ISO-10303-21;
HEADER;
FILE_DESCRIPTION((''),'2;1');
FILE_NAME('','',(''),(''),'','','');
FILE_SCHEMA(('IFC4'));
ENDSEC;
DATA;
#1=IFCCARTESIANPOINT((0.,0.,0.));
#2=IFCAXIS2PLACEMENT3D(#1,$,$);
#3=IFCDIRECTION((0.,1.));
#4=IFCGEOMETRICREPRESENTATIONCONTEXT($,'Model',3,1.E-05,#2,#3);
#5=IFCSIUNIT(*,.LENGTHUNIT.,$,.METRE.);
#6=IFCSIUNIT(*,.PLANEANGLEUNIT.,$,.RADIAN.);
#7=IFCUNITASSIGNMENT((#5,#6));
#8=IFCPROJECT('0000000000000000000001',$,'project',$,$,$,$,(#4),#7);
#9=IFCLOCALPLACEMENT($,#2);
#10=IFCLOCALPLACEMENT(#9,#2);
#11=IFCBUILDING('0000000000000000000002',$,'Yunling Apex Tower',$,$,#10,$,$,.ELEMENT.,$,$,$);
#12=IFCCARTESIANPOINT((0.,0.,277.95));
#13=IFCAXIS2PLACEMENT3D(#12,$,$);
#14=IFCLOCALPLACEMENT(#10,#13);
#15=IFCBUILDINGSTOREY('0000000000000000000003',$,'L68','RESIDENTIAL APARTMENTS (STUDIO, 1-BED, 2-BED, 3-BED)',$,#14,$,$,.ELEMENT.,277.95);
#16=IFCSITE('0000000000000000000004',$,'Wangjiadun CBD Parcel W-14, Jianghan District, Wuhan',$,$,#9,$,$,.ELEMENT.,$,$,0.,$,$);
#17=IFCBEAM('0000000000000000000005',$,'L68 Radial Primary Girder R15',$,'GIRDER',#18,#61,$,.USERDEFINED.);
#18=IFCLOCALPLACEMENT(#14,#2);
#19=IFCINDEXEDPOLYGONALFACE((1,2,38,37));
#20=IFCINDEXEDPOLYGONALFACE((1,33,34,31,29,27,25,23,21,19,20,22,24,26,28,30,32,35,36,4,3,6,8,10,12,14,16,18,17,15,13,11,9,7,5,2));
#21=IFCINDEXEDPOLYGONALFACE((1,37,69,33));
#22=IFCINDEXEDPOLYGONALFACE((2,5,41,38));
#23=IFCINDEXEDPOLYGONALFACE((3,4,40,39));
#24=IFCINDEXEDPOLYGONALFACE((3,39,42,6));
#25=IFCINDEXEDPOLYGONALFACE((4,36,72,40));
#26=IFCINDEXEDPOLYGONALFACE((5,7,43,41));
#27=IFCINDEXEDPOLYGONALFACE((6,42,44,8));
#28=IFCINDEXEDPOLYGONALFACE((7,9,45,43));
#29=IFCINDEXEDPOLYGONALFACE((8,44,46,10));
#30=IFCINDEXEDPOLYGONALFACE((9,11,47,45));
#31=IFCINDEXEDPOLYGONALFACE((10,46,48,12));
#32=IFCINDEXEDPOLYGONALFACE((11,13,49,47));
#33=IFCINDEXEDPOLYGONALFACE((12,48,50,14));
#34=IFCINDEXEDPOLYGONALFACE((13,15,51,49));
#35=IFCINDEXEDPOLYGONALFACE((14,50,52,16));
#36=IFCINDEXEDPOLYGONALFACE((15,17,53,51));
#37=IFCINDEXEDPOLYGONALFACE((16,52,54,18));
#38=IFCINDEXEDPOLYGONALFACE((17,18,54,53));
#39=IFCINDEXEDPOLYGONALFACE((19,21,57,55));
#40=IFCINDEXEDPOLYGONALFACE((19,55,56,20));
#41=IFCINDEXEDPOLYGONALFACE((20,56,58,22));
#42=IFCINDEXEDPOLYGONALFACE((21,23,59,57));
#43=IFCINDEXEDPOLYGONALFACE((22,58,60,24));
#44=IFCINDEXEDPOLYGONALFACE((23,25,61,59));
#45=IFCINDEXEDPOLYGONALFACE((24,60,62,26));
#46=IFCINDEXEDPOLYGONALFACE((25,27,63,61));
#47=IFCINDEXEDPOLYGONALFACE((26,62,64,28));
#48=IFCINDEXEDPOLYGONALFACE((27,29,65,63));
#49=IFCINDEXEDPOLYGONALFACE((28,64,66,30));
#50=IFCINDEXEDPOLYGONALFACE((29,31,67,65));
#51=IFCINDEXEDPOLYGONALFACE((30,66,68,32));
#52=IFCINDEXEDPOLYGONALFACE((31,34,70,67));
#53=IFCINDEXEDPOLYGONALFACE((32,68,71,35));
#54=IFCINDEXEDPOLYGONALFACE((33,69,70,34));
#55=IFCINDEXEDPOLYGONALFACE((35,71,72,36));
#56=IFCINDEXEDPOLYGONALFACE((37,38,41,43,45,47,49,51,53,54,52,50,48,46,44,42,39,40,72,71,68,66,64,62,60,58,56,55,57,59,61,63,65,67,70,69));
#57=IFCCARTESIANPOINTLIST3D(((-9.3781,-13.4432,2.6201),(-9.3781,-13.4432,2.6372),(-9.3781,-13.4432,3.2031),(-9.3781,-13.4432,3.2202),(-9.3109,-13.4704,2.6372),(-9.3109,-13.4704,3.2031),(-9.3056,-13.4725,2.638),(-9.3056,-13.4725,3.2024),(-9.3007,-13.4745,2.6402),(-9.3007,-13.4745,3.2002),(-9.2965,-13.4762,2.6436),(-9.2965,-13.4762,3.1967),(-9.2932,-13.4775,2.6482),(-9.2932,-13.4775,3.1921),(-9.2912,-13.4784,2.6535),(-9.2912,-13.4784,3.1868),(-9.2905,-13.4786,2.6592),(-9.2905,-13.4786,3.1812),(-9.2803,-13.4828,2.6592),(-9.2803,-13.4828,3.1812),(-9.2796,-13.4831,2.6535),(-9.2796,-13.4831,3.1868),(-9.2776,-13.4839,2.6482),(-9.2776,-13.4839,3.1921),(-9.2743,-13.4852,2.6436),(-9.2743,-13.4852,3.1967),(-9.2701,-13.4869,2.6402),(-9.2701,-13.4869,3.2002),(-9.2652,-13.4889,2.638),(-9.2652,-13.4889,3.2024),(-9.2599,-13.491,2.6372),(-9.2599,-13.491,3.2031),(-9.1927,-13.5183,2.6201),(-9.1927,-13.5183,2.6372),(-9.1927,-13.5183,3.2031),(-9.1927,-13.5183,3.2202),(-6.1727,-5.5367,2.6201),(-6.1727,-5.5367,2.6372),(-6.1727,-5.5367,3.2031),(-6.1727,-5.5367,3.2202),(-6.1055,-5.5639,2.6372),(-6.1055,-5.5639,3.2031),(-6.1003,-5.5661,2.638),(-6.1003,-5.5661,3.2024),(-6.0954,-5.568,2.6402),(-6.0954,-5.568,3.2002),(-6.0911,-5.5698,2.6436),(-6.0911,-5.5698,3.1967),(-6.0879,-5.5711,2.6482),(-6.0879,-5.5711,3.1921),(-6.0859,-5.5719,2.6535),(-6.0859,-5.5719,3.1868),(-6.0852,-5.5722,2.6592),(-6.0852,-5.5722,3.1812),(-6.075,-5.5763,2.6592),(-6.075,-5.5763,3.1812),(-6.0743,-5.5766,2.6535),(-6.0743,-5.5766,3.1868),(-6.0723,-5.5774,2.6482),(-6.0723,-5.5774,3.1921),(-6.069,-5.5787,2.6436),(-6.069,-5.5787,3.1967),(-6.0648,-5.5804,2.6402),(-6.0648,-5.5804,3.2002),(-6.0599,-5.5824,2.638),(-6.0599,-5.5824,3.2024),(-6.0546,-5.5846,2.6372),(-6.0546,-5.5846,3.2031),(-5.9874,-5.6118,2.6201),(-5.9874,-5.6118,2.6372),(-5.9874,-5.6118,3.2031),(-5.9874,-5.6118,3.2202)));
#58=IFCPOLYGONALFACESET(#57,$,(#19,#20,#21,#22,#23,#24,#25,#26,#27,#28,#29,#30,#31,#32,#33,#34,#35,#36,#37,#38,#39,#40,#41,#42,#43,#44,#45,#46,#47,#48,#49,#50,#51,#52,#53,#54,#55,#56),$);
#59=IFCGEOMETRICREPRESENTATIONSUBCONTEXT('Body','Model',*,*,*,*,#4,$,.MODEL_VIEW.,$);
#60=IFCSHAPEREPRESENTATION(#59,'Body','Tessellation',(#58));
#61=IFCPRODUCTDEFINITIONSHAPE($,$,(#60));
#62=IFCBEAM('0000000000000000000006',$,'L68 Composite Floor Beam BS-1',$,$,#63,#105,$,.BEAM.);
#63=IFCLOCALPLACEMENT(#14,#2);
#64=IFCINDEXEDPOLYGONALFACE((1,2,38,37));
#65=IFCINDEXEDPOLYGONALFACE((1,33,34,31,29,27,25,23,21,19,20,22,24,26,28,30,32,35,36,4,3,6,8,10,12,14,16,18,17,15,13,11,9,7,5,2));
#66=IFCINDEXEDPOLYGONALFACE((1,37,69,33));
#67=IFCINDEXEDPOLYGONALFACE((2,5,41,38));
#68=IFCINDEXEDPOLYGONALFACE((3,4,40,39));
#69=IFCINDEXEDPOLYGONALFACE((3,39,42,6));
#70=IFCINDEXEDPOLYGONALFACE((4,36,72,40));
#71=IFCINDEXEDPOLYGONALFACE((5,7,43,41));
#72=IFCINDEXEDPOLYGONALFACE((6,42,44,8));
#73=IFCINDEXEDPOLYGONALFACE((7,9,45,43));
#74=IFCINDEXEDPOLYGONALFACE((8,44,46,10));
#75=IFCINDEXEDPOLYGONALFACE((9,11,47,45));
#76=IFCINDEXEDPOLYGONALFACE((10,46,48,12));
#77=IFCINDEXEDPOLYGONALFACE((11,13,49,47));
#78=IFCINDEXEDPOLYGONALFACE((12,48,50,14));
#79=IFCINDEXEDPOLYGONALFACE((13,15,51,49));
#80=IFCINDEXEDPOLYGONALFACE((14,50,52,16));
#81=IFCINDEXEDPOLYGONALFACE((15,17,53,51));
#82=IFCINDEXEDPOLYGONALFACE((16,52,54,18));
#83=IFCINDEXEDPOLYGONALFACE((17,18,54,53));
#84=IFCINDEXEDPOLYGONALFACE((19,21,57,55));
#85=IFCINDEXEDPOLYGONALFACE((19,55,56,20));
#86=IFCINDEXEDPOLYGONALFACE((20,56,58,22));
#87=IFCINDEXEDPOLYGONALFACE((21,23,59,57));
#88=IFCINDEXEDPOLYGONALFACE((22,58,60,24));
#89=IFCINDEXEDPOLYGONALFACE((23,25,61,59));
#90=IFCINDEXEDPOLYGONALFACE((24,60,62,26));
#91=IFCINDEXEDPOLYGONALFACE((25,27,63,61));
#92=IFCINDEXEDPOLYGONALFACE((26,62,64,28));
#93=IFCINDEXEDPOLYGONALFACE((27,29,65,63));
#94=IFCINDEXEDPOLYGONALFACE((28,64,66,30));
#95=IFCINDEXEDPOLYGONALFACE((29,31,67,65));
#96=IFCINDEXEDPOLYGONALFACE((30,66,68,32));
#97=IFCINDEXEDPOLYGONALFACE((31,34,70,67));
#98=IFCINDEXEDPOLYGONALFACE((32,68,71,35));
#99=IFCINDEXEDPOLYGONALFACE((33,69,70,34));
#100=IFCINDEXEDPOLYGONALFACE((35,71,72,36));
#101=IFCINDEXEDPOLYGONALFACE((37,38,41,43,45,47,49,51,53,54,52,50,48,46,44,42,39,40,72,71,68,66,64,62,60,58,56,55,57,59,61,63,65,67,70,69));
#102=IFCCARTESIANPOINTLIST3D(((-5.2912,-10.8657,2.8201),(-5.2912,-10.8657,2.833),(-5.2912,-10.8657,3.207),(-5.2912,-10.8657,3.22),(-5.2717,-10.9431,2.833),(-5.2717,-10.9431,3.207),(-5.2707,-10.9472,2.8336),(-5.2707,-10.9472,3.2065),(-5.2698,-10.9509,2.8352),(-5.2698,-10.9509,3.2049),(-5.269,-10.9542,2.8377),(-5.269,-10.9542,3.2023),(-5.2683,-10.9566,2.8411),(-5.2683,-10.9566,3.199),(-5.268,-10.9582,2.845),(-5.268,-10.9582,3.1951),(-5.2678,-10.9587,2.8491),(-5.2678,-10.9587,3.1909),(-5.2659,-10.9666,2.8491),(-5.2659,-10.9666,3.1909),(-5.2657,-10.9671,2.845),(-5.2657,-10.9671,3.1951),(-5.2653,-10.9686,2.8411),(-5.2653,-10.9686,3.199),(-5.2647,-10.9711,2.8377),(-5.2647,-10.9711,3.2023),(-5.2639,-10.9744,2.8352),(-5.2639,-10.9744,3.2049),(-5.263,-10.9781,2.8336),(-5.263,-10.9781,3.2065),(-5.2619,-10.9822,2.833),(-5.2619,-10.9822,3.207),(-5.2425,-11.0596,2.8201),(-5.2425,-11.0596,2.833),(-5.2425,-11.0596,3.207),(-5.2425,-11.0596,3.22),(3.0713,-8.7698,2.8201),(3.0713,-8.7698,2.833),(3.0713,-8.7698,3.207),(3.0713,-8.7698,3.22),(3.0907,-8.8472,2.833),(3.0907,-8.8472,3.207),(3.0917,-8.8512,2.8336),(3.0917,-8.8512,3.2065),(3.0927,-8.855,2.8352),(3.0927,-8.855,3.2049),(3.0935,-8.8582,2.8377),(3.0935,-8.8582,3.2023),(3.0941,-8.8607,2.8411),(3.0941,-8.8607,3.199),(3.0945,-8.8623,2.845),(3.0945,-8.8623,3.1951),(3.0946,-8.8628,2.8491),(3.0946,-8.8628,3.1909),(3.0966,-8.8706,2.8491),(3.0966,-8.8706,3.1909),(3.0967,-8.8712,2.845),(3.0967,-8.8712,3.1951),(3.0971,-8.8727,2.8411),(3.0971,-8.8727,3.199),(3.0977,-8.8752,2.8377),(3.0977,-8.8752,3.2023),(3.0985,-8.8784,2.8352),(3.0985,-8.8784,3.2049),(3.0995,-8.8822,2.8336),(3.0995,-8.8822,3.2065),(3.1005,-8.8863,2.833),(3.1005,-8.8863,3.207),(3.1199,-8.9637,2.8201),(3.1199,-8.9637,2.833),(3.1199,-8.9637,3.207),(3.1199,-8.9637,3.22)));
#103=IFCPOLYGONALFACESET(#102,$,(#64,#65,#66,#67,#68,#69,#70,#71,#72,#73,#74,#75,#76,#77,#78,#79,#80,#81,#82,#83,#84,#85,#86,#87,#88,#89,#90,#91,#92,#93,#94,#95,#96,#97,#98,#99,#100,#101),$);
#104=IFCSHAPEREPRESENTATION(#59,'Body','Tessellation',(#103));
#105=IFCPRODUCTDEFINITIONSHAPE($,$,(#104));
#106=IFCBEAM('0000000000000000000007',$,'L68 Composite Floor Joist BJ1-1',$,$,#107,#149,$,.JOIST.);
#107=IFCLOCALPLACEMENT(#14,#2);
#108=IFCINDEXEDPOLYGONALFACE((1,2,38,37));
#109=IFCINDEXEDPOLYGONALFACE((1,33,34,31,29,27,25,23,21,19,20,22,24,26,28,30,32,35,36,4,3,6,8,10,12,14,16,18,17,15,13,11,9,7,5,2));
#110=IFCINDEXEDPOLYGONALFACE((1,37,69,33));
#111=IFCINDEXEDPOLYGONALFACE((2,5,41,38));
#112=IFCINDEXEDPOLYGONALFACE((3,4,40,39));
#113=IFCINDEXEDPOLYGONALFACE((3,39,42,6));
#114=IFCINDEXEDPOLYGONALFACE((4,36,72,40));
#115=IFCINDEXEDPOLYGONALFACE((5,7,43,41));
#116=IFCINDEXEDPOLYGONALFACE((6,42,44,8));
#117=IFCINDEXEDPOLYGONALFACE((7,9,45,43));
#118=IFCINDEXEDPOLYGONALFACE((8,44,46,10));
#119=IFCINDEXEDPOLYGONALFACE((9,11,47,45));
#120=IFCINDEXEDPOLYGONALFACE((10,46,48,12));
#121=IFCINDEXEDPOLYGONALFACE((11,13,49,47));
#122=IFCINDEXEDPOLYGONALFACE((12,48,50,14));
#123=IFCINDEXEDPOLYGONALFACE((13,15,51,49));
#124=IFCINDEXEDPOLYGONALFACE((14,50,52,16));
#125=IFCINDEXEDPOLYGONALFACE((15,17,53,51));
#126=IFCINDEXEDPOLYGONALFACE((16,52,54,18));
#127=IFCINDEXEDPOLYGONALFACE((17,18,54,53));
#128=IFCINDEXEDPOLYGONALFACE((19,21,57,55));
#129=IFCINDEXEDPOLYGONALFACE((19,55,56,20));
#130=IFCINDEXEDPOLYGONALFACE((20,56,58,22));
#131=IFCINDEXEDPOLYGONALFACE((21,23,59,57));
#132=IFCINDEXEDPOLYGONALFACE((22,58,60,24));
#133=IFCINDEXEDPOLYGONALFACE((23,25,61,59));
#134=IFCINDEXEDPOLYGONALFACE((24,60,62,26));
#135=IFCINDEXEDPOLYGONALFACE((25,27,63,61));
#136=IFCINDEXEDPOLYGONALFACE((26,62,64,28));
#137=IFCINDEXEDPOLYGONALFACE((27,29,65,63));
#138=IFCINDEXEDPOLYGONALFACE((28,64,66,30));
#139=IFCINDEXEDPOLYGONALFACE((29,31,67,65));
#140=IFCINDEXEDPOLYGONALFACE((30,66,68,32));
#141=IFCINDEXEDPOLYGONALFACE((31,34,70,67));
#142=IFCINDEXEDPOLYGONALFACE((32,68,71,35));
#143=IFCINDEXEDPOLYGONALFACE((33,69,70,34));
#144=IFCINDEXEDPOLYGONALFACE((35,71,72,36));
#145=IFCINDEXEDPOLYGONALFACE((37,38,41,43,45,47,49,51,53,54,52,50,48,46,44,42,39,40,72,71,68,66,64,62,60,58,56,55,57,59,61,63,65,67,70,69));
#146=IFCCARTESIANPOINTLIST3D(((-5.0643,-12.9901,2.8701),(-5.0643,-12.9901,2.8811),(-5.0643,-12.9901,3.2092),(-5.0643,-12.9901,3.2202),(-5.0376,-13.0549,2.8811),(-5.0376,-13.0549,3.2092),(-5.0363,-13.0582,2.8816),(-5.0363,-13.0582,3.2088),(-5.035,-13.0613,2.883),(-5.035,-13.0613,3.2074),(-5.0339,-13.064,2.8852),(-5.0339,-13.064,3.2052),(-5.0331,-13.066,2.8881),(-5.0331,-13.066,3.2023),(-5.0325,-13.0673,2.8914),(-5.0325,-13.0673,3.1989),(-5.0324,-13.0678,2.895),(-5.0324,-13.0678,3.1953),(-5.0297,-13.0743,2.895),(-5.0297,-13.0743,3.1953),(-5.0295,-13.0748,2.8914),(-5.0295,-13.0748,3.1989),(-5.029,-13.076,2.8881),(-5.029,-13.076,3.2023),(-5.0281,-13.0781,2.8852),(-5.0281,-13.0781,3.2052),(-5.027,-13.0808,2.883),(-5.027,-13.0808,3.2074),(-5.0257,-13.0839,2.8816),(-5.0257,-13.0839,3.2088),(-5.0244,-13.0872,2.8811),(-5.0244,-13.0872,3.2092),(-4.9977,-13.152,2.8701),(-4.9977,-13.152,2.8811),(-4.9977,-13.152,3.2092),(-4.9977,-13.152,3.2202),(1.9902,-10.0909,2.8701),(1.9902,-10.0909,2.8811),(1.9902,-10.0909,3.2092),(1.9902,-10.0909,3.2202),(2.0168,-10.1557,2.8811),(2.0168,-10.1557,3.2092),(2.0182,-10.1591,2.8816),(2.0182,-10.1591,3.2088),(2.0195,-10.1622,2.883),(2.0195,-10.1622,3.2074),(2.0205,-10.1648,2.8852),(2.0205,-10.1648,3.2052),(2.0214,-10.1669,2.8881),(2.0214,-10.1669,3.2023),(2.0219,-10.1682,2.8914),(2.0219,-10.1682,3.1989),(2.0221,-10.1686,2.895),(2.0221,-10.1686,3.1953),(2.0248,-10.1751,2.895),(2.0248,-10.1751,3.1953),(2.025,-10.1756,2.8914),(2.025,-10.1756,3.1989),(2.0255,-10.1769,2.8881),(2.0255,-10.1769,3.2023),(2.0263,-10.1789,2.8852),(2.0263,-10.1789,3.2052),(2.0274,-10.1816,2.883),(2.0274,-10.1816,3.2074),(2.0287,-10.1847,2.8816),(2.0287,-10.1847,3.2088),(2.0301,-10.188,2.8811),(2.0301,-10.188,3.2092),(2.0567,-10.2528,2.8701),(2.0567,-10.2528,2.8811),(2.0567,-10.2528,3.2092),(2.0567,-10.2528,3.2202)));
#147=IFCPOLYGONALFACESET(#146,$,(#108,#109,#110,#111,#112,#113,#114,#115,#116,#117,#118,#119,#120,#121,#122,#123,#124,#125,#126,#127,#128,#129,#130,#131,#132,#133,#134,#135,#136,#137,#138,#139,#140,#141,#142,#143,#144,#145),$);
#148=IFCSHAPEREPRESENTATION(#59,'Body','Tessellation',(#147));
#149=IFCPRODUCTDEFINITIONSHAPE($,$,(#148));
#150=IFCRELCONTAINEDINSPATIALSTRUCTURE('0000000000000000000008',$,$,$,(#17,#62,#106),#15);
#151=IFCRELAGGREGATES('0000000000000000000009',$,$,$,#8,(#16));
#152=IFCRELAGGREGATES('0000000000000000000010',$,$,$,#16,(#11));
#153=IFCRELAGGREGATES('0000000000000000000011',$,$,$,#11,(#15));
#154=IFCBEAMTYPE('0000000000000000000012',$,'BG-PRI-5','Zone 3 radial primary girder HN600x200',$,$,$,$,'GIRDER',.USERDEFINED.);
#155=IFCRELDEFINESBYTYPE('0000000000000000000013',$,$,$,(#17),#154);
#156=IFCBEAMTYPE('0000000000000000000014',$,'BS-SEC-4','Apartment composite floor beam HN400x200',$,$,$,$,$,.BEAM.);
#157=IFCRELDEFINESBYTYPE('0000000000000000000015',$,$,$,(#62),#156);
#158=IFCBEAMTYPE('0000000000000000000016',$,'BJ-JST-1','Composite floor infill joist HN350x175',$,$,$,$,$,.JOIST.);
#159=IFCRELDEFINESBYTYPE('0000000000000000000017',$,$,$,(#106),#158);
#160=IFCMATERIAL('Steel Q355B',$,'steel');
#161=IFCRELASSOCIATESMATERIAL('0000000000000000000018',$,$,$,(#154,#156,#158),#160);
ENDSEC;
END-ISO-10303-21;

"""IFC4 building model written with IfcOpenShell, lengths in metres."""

from ifc_helpers import new_model, si_unit, direction, frame, origin, origin_2d, place, context, subcontext, project, spatial, i_section, extrude, source, transform, mapped, material, material_profile, profile_set, type_object, element, save


model = new_model("IFC4")

# Units and contexts
model_context = context("Model", 3, precision=1e-05, world=origin(), true_north=direction((0.0, 1.0)))
body_context = subcontext(model_context, "Body", "Model", "MODEL_VIEW")
ifc_project = project(units=[si_unit("LENGTHUNIT", "METRE"), si_unit("PLANEANGLEUNIT", "RADIAN")], contexts=[model_context])

# Site, building, storey
site_placement = place(None, origin())
site = spatial("IfcSite", under=ifc_project, at=site_placement, Name="Wangjiadun CBD Parcel W-14, Jianghan District, Wuhan", CompositionType="ELEMENT", RefElevation=0.0)
building_placement = place(site_placement, origin())
building = spatial("IfcBuilding", under=site, at=building_placement, Name="Yunling Apex Tower", CompositionType="ELEMENT")
storey_placement = place(building_placement, frame((0.0, 0.0, 277.95)))
storey = spatial("IfcBuildingStorey", under=building, at=storey_placement, Name="L68", Description="RESIDENTIAL APARTMENTS (STUDIO, 1-BED, 2-BED, 3-BED)", CompositionType="ELEMENT", Elevation=277.95)

# Shared definitions
ifc_material_1 = material(Name="Steel Q355B", Category="steel")

# Beams
ifc_material_profile_1 = material_profile(ifc_material_1, i_section(OverallWidth=0.2, OverallDepth=0.6001, WebThickness=0.011, FlangeThickness=0.0171, FilletRadius=0.022, at=origin_2d()))
ifc_profile_set_1 = profile_set([ifc_material_profile_1], Name="Steel Q355B")
beam_type_1 = type_object("IfcBeamType", Name="BG-PRI-5", Description="Zone 3 radial primary girder HN600x200", ElementType="GIRDER", PredefinedType="USERDEFINED", material=ifc_profile_set_1)
shared_shape_1 = source(origin(), body_context, "Body", "SweptSolid", [
    extrude(i_section(OverallWidth=0.2, OverallDepth=0.6001, WebThickness=0.011, FlangeThickness=0.0171, FilletRadius=0.022, at=origin_2d()), origin(), (0.0, 0.0, 1.0), 8.5315),
])
beam_1_placement = place(storey_placement, frame((-9.2854, -13.4807, 2.9202), z_axis=(0.375704, 0.92674, 0.0), x_axis=(-0.92674, 0.375704, 0.0)))
element("IfcBeam", 1, at=beam_1_placement, inside=storey, type_object=beam_type_1, Name="L68 Radial Primary Girder R15", ObjectType="GIRDER", PredefinedType="USERDEFINED", context=body_context, shape_type="MappedRepresentation", body=[
    mapped(shared_shape_1, transform((0.0, 0.0, 0.0), scale=1.0)),
])
ifc_material_profile_2 = material_profile(ifc_material_1, i_section(OverallWidth=0.2, OverallDepth=0.3999, WebThickness=0.0081, FlangeThickness=0.0129, FilletRadius=0.0161, at=origin_2d()))
ifc_profile_set_2 = profile_set([ifc_material_profile_2], Name="Steel Q355B")
beam_type_2 = type_object("IfcBeamType", Name="BS-SEC-4", Description="Apartment composite floor beam HN400x200", PredefinedType="BEAM", material=ifc_profile_set_2)
shared_shape_2 = source(origin(), body_context, "Body", "SweptSolid", [
    extrude(i_section(OverallWidth=0.2, OverallDepth=0.3999, WebThickness=0.0081, FlangeThickness=0.0129, FilletRadius=0.0161, at=origin_2d()), origin(), (0.0, 0.0, 1.0), 8.6211),
])
beam_2_placement = place(storey_placement, frame((-5.2668, -10.9626, 3.02), z_axis=(0.969997, 0.243115, 0.0), x_axis=(-0.243115, 0.969997, 0.0)))
element("IfcBeam", 2, at=beam_2_placement, inside=storey, type_object=beam_type_2, Name="L68 Composite Floor Beam BS-1", PredefinedType="BEAM", context=body_context, shape_type="MappedRepresentation", body=[
    mapped(shared_shape_2, transform((0.0, 0.0, 0.0), scale=1.0)),
])
ifc_material_profile_3 = material_profile(ifc_material_1, i_section(OverallWidth=0.175, OverallDepth=0.3501, WebThickness=0.0071, FlangeThickness=0.011, FilletRadius=0.0139, at=origin_2d()))
ifc_profile_set_3 = profile_set([ifc_material_profile_3], Name="Steel Q355B")
beam_type_3 = type_object("IfcBeamType", Name="BJ-JST-1", Description="Composite floor infill joist HN350x175", PredefinedType="JOIST", material=ifc_profile_set_3)
shared_shape_3 = source(origin(), body_context, "Body", "SweptSolid", [
    extrude(i_section(OverallWidth=0.175, OverallDepth=0.3501, WebThickness=0.0071, FlangeThickness=0.011, FilletRadius=0.0139, at=origin_2d()), origin(), (0.0, 0.0, 1.0), 7.627),
])
beam_3_placement = place(storey_placement, frame((-5.031, -13.071, 3.0452), z_axis=(0.924936, 0.380122, 0.0), x_axis=(-0.380122, 0.924936, 0.0)))
element("IfcBeam", 3, at=beam_3_placement, inside=storey, type_object=beam_type_3, Name="L68 Composite Floor Joist BJ1-1", PredefinedType="JOIST", context=body_context, shape_type="MappedRepresentation", body=[
    mapped(shared_shape_3, transform((0.0, 0.0, 0.0), scale=1.0)),
])

save(model, "model.ifc")
